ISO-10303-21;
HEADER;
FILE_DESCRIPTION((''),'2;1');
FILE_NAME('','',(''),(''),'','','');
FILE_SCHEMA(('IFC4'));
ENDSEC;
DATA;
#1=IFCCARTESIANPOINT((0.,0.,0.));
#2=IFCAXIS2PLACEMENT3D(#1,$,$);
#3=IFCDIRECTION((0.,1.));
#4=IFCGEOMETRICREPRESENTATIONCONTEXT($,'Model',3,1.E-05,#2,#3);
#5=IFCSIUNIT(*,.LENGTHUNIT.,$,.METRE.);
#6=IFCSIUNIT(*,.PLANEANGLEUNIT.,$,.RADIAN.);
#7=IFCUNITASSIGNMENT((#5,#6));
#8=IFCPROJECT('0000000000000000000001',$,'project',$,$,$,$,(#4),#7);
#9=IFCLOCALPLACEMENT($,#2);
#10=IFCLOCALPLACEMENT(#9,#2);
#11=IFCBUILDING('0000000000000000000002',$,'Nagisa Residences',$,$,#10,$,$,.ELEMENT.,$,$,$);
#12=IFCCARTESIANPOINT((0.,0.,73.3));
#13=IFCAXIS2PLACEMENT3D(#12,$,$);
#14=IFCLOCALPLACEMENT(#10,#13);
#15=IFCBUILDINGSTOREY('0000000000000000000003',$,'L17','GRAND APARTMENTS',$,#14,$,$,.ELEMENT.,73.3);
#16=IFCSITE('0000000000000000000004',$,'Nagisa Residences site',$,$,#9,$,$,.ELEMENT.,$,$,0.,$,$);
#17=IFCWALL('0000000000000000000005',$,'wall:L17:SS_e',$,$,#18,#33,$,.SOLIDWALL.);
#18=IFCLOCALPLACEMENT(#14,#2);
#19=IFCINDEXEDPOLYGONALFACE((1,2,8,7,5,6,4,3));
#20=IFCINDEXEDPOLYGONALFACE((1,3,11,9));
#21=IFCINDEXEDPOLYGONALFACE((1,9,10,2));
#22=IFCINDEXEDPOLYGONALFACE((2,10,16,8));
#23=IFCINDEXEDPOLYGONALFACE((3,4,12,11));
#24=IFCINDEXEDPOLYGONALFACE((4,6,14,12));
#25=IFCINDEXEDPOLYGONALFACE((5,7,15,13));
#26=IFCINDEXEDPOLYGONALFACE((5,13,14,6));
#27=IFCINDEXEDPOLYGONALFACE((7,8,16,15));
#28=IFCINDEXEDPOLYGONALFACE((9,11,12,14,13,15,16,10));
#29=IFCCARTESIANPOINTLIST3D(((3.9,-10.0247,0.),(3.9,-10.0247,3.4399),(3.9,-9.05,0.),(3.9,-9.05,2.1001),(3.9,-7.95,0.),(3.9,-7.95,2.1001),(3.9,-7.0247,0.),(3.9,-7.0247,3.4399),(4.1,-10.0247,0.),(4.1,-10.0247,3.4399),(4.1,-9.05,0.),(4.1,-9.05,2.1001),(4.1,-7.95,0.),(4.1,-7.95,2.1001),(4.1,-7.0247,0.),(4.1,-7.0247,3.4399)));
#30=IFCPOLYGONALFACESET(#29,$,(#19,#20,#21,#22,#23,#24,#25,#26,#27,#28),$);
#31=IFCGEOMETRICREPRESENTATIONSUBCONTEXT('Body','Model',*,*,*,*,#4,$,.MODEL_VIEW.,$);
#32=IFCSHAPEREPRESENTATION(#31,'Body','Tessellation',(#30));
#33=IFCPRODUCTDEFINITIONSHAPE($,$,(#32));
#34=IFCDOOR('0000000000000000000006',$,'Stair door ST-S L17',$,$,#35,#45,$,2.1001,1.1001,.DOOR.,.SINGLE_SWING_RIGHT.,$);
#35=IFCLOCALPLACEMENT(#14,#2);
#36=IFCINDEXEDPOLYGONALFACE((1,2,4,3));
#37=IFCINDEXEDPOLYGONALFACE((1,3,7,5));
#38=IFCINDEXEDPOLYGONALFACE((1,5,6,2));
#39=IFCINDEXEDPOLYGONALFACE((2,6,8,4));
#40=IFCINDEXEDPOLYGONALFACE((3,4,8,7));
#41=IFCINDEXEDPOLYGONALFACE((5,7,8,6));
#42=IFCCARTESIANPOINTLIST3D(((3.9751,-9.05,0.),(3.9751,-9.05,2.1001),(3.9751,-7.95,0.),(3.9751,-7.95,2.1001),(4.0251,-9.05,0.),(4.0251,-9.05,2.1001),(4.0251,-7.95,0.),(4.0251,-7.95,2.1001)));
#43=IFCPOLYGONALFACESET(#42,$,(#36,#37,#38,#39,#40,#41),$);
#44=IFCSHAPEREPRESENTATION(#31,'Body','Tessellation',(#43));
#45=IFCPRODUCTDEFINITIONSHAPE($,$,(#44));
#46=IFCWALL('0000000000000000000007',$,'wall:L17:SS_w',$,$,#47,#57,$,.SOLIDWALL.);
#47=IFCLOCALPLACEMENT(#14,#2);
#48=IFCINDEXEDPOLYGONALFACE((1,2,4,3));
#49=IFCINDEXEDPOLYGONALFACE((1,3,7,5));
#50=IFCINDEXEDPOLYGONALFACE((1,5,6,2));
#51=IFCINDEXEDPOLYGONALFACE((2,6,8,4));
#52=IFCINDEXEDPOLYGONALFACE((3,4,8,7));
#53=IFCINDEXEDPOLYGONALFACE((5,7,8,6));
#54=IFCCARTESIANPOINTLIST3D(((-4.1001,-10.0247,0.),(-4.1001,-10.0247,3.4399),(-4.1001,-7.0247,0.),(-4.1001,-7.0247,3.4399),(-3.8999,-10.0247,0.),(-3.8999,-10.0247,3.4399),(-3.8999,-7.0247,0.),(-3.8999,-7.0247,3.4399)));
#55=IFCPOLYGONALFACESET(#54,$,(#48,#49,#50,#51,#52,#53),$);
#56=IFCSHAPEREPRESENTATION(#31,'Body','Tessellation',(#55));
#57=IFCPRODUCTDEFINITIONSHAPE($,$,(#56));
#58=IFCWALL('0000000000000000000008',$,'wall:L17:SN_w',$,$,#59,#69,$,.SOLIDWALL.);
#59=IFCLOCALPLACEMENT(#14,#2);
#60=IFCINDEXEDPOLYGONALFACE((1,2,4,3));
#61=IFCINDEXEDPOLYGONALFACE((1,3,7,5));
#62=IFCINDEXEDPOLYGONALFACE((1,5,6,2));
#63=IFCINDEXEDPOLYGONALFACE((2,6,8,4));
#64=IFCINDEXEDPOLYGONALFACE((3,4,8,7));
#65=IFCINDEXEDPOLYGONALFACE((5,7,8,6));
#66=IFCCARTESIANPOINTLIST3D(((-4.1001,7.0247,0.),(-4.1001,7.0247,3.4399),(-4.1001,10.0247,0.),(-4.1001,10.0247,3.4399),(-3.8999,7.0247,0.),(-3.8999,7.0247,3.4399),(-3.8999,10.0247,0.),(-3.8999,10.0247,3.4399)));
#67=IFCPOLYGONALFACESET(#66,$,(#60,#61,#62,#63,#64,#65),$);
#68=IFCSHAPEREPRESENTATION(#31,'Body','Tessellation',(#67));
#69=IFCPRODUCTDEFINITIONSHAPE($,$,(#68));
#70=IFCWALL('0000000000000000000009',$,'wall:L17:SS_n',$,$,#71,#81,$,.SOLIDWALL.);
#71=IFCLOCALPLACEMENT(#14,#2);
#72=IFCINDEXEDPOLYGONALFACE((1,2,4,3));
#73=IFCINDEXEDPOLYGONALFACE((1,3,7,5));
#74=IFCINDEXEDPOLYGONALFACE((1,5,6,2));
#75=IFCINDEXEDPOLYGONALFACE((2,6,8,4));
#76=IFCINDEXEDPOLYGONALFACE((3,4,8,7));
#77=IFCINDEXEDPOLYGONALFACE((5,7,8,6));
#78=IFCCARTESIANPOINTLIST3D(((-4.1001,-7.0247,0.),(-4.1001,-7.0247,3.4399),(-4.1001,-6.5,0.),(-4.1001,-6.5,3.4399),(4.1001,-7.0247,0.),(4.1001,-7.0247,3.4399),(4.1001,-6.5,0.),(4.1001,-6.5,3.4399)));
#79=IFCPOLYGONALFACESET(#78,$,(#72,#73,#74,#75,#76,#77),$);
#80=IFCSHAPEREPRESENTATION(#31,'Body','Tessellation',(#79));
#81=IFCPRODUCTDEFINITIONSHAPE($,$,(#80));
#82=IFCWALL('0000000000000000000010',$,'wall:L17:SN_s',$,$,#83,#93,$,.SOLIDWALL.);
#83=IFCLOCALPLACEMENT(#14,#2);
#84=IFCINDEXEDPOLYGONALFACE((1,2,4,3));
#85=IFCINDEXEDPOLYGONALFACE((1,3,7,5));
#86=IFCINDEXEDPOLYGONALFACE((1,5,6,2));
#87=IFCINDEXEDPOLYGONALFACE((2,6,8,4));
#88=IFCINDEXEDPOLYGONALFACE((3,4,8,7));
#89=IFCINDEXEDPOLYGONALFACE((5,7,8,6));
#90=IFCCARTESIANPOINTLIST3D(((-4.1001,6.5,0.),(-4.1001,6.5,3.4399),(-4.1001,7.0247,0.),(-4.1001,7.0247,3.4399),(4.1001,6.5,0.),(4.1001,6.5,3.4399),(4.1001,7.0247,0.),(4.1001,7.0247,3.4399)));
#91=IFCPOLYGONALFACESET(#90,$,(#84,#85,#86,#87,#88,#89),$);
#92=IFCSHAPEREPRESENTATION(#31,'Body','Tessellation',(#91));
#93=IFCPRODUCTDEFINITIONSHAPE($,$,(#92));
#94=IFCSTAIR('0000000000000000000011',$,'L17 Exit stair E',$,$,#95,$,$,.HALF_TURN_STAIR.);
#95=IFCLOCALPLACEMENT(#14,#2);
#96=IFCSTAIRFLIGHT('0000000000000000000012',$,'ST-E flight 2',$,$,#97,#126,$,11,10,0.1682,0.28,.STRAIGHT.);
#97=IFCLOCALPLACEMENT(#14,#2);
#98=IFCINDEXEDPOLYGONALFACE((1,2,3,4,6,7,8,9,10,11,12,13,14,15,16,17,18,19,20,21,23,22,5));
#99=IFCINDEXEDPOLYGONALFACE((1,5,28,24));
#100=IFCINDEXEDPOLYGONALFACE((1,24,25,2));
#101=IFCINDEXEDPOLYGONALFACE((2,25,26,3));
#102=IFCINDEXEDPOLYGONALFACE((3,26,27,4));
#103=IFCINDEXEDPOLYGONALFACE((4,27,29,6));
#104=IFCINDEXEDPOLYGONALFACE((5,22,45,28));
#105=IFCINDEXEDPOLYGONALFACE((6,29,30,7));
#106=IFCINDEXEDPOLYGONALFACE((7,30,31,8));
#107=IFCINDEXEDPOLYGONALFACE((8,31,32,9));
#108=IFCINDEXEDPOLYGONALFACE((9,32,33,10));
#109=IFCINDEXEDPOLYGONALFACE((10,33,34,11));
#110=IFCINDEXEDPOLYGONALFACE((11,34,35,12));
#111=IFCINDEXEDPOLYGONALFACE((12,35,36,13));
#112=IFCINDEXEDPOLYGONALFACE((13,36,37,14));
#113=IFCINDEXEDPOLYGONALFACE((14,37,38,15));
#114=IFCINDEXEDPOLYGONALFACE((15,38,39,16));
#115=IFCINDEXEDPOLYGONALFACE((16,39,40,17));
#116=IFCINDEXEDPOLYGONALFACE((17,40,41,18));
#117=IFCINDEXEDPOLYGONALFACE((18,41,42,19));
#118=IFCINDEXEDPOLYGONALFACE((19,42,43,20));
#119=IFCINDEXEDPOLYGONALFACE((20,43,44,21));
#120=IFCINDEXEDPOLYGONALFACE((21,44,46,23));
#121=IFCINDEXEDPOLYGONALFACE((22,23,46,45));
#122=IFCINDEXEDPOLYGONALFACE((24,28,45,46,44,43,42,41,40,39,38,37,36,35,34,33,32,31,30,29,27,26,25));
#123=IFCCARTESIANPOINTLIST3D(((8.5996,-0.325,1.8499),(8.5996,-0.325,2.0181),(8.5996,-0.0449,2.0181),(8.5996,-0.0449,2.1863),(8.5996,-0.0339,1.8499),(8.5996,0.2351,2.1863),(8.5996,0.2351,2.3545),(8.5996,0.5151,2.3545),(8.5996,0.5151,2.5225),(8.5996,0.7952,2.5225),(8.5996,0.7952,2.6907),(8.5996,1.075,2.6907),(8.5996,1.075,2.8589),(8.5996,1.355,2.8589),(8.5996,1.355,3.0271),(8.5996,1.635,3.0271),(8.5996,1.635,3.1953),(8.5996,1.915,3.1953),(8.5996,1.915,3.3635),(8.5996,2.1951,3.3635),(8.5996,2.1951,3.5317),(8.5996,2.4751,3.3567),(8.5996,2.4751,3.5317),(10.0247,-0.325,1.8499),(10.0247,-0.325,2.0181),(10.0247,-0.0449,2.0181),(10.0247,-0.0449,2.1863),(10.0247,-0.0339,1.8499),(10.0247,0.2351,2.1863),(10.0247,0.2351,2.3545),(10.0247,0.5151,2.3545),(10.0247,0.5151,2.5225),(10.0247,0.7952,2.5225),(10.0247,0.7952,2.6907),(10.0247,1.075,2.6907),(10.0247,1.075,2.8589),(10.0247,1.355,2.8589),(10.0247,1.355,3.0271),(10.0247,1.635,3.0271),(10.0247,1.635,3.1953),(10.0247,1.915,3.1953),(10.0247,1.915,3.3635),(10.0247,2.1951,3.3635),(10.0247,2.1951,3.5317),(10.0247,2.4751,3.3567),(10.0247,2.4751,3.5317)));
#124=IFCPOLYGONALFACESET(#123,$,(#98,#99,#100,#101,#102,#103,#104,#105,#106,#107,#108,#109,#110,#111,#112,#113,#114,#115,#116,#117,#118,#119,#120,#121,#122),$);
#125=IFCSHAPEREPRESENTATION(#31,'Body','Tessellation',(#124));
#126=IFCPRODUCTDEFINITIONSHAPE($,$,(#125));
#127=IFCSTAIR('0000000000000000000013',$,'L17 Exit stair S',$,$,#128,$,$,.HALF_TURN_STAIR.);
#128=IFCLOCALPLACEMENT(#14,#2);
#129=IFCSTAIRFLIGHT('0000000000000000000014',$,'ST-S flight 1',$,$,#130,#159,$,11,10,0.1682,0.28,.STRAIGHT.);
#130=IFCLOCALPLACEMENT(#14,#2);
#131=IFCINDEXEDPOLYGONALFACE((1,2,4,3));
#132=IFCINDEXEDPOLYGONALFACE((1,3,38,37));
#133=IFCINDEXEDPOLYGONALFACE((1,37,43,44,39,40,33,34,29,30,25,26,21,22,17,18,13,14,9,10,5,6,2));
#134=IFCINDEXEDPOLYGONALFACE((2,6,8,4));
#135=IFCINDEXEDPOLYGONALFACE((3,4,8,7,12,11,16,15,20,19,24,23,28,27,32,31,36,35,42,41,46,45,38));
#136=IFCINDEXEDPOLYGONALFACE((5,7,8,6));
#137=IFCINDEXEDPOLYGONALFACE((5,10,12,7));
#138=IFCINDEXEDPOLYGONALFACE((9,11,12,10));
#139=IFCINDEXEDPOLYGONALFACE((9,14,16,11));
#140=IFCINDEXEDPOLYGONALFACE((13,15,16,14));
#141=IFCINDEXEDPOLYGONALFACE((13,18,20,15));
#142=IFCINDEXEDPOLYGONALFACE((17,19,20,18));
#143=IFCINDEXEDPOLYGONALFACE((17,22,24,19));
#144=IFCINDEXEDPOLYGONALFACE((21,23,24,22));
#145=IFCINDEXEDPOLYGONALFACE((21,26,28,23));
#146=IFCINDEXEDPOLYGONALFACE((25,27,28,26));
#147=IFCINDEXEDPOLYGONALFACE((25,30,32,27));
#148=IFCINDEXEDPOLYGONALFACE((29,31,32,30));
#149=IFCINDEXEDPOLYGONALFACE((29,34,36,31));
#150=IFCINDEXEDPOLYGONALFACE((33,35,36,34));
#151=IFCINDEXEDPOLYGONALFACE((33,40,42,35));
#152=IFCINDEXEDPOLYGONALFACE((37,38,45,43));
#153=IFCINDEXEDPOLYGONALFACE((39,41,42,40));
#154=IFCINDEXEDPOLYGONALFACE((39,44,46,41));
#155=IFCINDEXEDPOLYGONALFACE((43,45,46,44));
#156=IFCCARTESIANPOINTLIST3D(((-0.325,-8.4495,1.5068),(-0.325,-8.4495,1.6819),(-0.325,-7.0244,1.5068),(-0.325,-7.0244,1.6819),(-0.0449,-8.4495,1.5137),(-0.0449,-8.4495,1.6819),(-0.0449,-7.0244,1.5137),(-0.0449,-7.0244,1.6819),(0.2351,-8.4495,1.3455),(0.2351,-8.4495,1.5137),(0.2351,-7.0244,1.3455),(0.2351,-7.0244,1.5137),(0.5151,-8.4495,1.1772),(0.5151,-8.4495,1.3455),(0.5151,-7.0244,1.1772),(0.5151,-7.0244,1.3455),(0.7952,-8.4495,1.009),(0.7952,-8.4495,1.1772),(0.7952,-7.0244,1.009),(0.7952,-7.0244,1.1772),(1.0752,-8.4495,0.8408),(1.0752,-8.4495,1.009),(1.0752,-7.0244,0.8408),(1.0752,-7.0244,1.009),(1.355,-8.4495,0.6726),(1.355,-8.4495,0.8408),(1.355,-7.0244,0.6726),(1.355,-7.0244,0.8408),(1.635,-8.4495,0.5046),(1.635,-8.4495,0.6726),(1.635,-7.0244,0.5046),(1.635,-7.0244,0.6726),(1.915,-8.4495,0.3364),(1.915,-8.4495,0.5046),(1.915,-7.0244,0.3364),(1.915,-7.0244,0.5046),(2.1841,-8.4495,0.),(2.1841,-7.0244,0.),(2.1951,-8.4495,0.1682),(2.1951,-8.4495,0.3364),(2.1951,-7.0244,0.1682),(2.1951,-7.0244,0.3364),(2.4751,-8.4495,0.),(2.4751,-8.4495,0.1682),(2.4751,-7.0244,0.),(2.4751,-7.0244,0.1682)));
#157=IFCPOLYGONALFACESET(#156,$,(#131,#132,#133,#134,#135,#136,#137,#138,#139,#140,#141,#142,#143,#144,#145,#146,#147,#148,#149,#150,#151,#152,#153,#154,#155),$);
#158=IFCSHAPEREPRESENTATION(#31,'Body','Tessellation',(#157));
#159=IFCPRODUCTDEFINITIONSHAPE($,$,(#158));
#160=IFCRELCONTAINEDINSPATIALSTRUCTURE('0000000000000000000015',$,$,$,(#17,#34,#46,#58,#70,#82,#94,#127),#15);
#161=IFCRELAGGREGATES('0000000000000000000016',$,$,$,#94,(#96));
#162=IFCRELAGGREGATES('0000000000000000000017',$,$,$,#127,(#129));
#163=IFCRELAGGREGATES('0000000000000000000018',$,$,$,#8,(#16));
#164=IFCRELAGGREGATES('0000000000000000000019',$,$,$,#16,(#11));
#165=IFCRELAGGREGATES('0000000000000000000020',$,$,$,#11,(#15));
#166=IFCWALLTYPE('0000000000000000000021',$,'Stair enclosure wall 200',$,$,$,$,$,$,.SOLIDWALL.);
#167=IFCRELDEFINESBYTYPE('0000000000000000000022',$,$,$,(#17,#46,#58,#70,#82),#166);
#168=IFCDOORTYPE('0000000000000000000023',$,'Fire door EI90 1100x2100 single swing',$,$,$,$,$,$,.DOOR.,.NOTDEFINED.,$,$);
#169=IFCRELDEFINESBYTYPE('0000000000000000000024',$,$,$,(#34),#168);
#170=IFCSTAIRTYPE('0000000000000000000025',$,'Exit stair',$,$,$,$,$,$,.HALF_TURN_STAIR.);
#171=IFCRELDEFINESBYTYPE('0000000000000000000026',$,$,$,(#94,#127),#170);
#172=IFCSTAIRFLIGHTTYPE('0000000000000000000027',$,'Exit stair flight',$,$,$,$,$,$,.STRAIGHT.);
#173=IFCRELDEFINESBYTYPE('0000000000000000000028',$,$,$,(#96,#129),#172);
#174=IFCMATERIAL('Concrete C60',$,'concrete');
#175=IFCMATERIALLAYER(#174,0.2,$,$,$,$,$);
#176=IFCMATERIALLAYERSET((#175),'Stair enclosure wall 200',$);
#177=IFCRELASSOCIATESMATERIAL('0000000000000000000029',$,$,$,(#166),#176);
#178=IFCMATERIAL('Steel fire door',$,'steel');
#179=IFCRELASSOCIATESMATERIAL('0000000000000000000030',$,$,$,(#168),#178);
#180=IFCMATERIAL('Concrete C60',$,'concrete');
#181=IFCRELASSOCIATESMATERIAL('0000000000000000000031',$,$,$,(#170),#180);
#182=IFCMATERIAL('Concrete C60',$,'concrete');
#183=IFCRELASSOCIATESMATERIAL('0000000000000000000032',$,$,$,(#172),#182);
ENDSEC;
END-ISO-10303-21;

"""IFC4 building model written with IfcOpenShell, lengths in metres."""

from ifc_helpers import new_model, si_unit, direction, frame, frame_2d, origin, place, context, subcontext, project, spatial, polyline, rectangle, outline, extrude, material, layer, layer_set, type_object, element, fill, aggregate, save


model = new_model("IFC4")

# Units and contexts
model_context = context("Model", 3, precision=1e-05, world=origin(), true_north=direction((0.0, 1.0)))
body_context = subcontext(model_context, "Body", "Model", "MODEL_VIEW")
ifc_project = project(units=[si_unit("LENGTHUNIT", "METRE"), si_unit("PLANEANGLEUNIT", "RADIAN")], contexts=[model_context])

# Site, building, storey
site_placement = place(None, origin())
site = spatial("IfcSite", under=ifc_project, at=site_placement, Name="Nagisa Residences site", CompositionType="ELEMENT", RefElevation=0.0)
building_placement = place(site_placement, origin())
building = spatial("IfcBuilding", under=site, at=building_placement, Name="Nagisa Residences", CompositionType="ELEMENT")
storey_placement = place(building_placement, frame((0.0, 0.0, 73.3)))
storey = spatial("IfcBuildingStorey", under=building, at=storey_placement, Name="L17", Description="GRAND APARTMENTS", CompositionType="ELEMENT", Elevation=73.3)

# Wall, opening, door
ifc_material_1 = material(Name="Concrete C60", Category="concrete")
ifc_layer_1 = layer(ifc_material_1, 0.2)
ifc_layer_set_1 = layer_set([ifc_layer_1], Name="Stair enclosure wall 200")
wall_type_1 = type_object("IfcWallType", Name="Stair enclosure wall 200", PredefinedType="SOLIDWALL", material=ifc_layer_set_1)
wall_1_placement = place(storey_placement, frame((4.0, -10.0247, 0.0), z_axis=(0.0, 0.0, 1.0), x_axis=(0.0, 1.0, 0.0)))
wall_1 = element("IfcWall", 1, at=wall_1_placement, inside=storey, type_object=wall_type_1, Name="wall:L17:SS_e", PredefinedType="SOLIDWALL", context=body_context, shape_type="SweptSolid", body=[
    extrude(rectangle(XDim=3.0, YDim=0.2, at=frame_2d((1.5, 0.0))), origin(), (0.0, 0.0, 1.0), 3.4399),
])
opening_1_placement = place(wall_1_placement, frame((0.9746, 0.0, 0.0)))
opening_1 = element("IfcOpeningElement", 2, at=opening_1_placement, cuts=wall_1, PredefinedType="OPENING", context=body_context, shape_type="SweptSolid", body=[
    extrude(rectangle(XDim=1.1001, YDim=2.1001, at=frame_2d((0.55, 1.05))), frame((0.0, 0.1099, 0.0), z_axis=(0.0, -1.0, 0.0), x_axis=(1.0, 0.0, 0.0)), (0.0, 0.0, 1.0), 0.22),
])
ifc_material_2 = material(Name="Steel fire door", Category="steel")
door_type_1 = type_object("IfcDoorType", Name="Fire door EI90 1100x2100 single swing", OperationType="NOTDEFINED", PredefinedType="DOOR", material=ifc_material_2)
door_1_placement = place(opening_1_placement, origin())
door_1 = element("IfcDoor", 3, at=door_1_placement, inside=storey, type_object=door_type_1, Name="Stair door ST-S L17", OperationType="SINGLE_SWING_RIGHT", OverallHeight=2.1001, OverallWidth=1.1001, PredefinedType="DOOR", context=body_context, shape_type="SweptSolid", body=[
    extrude(rectangle(XDim=1.1001, YDim=2.1001, at=frame_2d((0.55, 1.05))), frame((0.0, 0.0249, 0.0), z_axis=(0.0, -1.0, 0.0), x_axis=(1.0, 0.0, 0.0)), (0.0, 0.0, 1.0), 0.05),
])
fill(opening_1, door_1)

# Walls
wall_2_placement = place(storey_placement, origin())
element("IfcWall", 4, at=wall_2_placement, inside=storey, type_object=wall_type_1, Name="wall:L17:SS_w", PredefinedType="SOLIDWALL", context=body_context, shape_type="SweptSolid", body=[
    extrude(outline(polyline([(-3.8999, -10.0247), (-4.1001, -10.0247), (-4.1001, -7.0247), (-3.8999, -7.0247), (-3.8999, -10.0247)])), origin(), (0.0, 0.0, 1.0), 3.4399),
])
wall_3_placement = place(storey_placement, origin())
element("IfcWall", 5, at=wall_3_placement, inside=storey, type_object=wall_type_1, Name="wall:L17:SN_w", PredefinedType="SOLIDWALL", context=body_context, shape_type="SweptSolid", body=[
    extrude(outline(polyline([(-3.8999, 7.0247), (-4.1001, 7.0247), (-4.1001, 10.0247), (-3.8999, 10.0247), (-3.8999, 7.0247)])), origin(), (0.0, 0.0, 1.0), 3.4399),
])
wall_4_placement = place(storey_placement, origin())
element("IfcWall", 6, at=wall_4_placement, inside=storey, type_object=wall_type_1, Name="wall:L17:SS_n", PredefinedType="SOLIDWALL", context=body_context, shape_type="SweptSolid", body=[
    extrude(outline(polyline([(4.1001, -7.0247), (-4.1001, -7.0247), (-4.1001, -6.5), (4.1001, -6.5), (4.1001, -7.0247)])), origin(), (0.0, 0.0, 1.0), 3.4399),
])
wall_5_placement = place(storey_placement, origin())
element("IfcWall", 7, at=wall_5_placement, inside=storey, type_object=wall_type_1, Name="wall:L17:SN_s", PredefinedType="SOLIDWALL", context=body_context, shape_type="SweptSolid", body=[
    extrude(outline(polyline([(4.1001, 6.5), (-4.1001, 6.5), (-4.1001, 7.0247), (4.1001, 7.0247), (4.1001, 6.5)])), origin(), (0.0, 0.0, 1.0), 3.4399),
])

# Stairs, stair flights
ifc_material_3 = material(Name="Concrete C60", Category="concrete")
stair_type = type_object("IfcStairType", Name="Exit stair", PredefinedType="HALF_TURN_STAIR", material=ifc_material_3)
stair_1_placement = place(storey_placement, origin())
stair_1 = element("IfcStair", 8, at=stair_1_placement, inside=storey, type_object=stair_type, Name="L17 Exit stair E", PredefinedType="HALF_TURN_STAIR")
ifc_material_4 = material(Name="Concrete C60", Category="concrete")
stair_flight_type = type_object("IfcStairFlightType", Name="Exit stair flight", PredefinedType="STRAIGHT", material=ifc_material_4)
stair_flight_1_placement = place(storey_placement, frame((9.312, -0.325, 1.8499), z_axis=(0.0, 0.0, 1.0), x_axis=(0.0, 1.0, 0.0)))
stair_flight_1 = element("IfcStairFlight", 9, at=stair_flight_1_placement, type_object=stair_flight_type, Name="ST-E flight 2", NumberOfRisers=11, NumberOfTreads=10, PredefinedType="STRAIGHT", RiserHeight=0.1682, TreadLength=0.28, context=body_context, shape_type="SweptSolid", body=[
    extrude(outline(polyline([(0.0, 0.0), (0.0, 0.1682), (0.28, 0.1682), (0.28, 0.3364), (0.5601, 0.3364), (0.5601, 0.5046), (0.8401, 0.5046), (0.8401, 0.6726), (1.1201, 0.6726), (1.1201, 0.8408), (1.3999, 0.8408), (1.3999, 1.009), (1.6799, 1.009), (1.6799, 1.1772), (1.96, 1.1772), (1.96, 1.3455), (2.24, 1.3455), (2.24, 1.5137), (2.52, 1.5137), (2.52, 1.6819), (2.8, 1.6819), (2.8, 1.8501), (2.8, 1.5068), (0.291, 0.0), (0.0, 0.0)])), frame((0.0, 0.7124, 0.0), z_axis=(0.0, -1.0, 0.0), x_axis=(1.0, 0.0, 0.0)), (0.0, 0.0, 1.0), 1.425),
])
aggregate(stair_1, [stair_flight_1])
stair_2_placement = place(storey_placement, origin())
stair_2 = element("IfcStair", 10, at=stair_2_placement, inside=storey, type_object=stair_type, Name="L17 Exit stair S", PredefinedType="HALF_TURN_STAIR")
stair_flight_2_placement = place(storey_placement, frame((2.4751, -7.7371, 0.0), z_axis=(0.0, 0.0, 1.0), x_axis=(-1.0, 0.0, 0.0)))
stair_flight_2 = element("IfcStairFlight", 11, at=stair_flight_2_placement, type_object=stair_flight_type, Name="ST-S flight 1", NumberOfRisers=11, NumberOfTreads=10, PredefinedType="STRAIGHT", RiserHeight=0.1682, TreadLength=0.28, context=body_context, shape_type="SweptSolid", body=[
    extrude(outline(polyline([(0.0, 0.0), (0.0, 0.1682), (0.28, 0.1682), (0.28, 0.3364), (0.5601, 0.3364), (0.5601, 0.5046), (0.8401, 0.5046), (0.8401, 0.6726), (1.1201, 0.6726), (1.1201, 0.8408), (1.3999, 0.8408), (1.3999, 1.009), (1.6799, 1.009), (1.6799, 1.1772), (1.96, 1.1772), (1.96, 1.3455), (2.24, 1.3455), (2.24, 1.5137), (2.52, 1.5137), (2.52, 1.6819), (2.8, 1.6819), (2.8, 1.8501), (2.8, 1.5068), (0.291, 0.0), (0.0, 0.0)])), frame((0.0, 0.7124, 0.0), z_axis=(0.0, -1.0, 0.0), x_axis=(1.0, 0.0, 0.0)), (0.0, 0.0, 1.0), 1.425),
])
aggregate(stair_2, [stair_flight_2])

save(model, "model.ifc")
